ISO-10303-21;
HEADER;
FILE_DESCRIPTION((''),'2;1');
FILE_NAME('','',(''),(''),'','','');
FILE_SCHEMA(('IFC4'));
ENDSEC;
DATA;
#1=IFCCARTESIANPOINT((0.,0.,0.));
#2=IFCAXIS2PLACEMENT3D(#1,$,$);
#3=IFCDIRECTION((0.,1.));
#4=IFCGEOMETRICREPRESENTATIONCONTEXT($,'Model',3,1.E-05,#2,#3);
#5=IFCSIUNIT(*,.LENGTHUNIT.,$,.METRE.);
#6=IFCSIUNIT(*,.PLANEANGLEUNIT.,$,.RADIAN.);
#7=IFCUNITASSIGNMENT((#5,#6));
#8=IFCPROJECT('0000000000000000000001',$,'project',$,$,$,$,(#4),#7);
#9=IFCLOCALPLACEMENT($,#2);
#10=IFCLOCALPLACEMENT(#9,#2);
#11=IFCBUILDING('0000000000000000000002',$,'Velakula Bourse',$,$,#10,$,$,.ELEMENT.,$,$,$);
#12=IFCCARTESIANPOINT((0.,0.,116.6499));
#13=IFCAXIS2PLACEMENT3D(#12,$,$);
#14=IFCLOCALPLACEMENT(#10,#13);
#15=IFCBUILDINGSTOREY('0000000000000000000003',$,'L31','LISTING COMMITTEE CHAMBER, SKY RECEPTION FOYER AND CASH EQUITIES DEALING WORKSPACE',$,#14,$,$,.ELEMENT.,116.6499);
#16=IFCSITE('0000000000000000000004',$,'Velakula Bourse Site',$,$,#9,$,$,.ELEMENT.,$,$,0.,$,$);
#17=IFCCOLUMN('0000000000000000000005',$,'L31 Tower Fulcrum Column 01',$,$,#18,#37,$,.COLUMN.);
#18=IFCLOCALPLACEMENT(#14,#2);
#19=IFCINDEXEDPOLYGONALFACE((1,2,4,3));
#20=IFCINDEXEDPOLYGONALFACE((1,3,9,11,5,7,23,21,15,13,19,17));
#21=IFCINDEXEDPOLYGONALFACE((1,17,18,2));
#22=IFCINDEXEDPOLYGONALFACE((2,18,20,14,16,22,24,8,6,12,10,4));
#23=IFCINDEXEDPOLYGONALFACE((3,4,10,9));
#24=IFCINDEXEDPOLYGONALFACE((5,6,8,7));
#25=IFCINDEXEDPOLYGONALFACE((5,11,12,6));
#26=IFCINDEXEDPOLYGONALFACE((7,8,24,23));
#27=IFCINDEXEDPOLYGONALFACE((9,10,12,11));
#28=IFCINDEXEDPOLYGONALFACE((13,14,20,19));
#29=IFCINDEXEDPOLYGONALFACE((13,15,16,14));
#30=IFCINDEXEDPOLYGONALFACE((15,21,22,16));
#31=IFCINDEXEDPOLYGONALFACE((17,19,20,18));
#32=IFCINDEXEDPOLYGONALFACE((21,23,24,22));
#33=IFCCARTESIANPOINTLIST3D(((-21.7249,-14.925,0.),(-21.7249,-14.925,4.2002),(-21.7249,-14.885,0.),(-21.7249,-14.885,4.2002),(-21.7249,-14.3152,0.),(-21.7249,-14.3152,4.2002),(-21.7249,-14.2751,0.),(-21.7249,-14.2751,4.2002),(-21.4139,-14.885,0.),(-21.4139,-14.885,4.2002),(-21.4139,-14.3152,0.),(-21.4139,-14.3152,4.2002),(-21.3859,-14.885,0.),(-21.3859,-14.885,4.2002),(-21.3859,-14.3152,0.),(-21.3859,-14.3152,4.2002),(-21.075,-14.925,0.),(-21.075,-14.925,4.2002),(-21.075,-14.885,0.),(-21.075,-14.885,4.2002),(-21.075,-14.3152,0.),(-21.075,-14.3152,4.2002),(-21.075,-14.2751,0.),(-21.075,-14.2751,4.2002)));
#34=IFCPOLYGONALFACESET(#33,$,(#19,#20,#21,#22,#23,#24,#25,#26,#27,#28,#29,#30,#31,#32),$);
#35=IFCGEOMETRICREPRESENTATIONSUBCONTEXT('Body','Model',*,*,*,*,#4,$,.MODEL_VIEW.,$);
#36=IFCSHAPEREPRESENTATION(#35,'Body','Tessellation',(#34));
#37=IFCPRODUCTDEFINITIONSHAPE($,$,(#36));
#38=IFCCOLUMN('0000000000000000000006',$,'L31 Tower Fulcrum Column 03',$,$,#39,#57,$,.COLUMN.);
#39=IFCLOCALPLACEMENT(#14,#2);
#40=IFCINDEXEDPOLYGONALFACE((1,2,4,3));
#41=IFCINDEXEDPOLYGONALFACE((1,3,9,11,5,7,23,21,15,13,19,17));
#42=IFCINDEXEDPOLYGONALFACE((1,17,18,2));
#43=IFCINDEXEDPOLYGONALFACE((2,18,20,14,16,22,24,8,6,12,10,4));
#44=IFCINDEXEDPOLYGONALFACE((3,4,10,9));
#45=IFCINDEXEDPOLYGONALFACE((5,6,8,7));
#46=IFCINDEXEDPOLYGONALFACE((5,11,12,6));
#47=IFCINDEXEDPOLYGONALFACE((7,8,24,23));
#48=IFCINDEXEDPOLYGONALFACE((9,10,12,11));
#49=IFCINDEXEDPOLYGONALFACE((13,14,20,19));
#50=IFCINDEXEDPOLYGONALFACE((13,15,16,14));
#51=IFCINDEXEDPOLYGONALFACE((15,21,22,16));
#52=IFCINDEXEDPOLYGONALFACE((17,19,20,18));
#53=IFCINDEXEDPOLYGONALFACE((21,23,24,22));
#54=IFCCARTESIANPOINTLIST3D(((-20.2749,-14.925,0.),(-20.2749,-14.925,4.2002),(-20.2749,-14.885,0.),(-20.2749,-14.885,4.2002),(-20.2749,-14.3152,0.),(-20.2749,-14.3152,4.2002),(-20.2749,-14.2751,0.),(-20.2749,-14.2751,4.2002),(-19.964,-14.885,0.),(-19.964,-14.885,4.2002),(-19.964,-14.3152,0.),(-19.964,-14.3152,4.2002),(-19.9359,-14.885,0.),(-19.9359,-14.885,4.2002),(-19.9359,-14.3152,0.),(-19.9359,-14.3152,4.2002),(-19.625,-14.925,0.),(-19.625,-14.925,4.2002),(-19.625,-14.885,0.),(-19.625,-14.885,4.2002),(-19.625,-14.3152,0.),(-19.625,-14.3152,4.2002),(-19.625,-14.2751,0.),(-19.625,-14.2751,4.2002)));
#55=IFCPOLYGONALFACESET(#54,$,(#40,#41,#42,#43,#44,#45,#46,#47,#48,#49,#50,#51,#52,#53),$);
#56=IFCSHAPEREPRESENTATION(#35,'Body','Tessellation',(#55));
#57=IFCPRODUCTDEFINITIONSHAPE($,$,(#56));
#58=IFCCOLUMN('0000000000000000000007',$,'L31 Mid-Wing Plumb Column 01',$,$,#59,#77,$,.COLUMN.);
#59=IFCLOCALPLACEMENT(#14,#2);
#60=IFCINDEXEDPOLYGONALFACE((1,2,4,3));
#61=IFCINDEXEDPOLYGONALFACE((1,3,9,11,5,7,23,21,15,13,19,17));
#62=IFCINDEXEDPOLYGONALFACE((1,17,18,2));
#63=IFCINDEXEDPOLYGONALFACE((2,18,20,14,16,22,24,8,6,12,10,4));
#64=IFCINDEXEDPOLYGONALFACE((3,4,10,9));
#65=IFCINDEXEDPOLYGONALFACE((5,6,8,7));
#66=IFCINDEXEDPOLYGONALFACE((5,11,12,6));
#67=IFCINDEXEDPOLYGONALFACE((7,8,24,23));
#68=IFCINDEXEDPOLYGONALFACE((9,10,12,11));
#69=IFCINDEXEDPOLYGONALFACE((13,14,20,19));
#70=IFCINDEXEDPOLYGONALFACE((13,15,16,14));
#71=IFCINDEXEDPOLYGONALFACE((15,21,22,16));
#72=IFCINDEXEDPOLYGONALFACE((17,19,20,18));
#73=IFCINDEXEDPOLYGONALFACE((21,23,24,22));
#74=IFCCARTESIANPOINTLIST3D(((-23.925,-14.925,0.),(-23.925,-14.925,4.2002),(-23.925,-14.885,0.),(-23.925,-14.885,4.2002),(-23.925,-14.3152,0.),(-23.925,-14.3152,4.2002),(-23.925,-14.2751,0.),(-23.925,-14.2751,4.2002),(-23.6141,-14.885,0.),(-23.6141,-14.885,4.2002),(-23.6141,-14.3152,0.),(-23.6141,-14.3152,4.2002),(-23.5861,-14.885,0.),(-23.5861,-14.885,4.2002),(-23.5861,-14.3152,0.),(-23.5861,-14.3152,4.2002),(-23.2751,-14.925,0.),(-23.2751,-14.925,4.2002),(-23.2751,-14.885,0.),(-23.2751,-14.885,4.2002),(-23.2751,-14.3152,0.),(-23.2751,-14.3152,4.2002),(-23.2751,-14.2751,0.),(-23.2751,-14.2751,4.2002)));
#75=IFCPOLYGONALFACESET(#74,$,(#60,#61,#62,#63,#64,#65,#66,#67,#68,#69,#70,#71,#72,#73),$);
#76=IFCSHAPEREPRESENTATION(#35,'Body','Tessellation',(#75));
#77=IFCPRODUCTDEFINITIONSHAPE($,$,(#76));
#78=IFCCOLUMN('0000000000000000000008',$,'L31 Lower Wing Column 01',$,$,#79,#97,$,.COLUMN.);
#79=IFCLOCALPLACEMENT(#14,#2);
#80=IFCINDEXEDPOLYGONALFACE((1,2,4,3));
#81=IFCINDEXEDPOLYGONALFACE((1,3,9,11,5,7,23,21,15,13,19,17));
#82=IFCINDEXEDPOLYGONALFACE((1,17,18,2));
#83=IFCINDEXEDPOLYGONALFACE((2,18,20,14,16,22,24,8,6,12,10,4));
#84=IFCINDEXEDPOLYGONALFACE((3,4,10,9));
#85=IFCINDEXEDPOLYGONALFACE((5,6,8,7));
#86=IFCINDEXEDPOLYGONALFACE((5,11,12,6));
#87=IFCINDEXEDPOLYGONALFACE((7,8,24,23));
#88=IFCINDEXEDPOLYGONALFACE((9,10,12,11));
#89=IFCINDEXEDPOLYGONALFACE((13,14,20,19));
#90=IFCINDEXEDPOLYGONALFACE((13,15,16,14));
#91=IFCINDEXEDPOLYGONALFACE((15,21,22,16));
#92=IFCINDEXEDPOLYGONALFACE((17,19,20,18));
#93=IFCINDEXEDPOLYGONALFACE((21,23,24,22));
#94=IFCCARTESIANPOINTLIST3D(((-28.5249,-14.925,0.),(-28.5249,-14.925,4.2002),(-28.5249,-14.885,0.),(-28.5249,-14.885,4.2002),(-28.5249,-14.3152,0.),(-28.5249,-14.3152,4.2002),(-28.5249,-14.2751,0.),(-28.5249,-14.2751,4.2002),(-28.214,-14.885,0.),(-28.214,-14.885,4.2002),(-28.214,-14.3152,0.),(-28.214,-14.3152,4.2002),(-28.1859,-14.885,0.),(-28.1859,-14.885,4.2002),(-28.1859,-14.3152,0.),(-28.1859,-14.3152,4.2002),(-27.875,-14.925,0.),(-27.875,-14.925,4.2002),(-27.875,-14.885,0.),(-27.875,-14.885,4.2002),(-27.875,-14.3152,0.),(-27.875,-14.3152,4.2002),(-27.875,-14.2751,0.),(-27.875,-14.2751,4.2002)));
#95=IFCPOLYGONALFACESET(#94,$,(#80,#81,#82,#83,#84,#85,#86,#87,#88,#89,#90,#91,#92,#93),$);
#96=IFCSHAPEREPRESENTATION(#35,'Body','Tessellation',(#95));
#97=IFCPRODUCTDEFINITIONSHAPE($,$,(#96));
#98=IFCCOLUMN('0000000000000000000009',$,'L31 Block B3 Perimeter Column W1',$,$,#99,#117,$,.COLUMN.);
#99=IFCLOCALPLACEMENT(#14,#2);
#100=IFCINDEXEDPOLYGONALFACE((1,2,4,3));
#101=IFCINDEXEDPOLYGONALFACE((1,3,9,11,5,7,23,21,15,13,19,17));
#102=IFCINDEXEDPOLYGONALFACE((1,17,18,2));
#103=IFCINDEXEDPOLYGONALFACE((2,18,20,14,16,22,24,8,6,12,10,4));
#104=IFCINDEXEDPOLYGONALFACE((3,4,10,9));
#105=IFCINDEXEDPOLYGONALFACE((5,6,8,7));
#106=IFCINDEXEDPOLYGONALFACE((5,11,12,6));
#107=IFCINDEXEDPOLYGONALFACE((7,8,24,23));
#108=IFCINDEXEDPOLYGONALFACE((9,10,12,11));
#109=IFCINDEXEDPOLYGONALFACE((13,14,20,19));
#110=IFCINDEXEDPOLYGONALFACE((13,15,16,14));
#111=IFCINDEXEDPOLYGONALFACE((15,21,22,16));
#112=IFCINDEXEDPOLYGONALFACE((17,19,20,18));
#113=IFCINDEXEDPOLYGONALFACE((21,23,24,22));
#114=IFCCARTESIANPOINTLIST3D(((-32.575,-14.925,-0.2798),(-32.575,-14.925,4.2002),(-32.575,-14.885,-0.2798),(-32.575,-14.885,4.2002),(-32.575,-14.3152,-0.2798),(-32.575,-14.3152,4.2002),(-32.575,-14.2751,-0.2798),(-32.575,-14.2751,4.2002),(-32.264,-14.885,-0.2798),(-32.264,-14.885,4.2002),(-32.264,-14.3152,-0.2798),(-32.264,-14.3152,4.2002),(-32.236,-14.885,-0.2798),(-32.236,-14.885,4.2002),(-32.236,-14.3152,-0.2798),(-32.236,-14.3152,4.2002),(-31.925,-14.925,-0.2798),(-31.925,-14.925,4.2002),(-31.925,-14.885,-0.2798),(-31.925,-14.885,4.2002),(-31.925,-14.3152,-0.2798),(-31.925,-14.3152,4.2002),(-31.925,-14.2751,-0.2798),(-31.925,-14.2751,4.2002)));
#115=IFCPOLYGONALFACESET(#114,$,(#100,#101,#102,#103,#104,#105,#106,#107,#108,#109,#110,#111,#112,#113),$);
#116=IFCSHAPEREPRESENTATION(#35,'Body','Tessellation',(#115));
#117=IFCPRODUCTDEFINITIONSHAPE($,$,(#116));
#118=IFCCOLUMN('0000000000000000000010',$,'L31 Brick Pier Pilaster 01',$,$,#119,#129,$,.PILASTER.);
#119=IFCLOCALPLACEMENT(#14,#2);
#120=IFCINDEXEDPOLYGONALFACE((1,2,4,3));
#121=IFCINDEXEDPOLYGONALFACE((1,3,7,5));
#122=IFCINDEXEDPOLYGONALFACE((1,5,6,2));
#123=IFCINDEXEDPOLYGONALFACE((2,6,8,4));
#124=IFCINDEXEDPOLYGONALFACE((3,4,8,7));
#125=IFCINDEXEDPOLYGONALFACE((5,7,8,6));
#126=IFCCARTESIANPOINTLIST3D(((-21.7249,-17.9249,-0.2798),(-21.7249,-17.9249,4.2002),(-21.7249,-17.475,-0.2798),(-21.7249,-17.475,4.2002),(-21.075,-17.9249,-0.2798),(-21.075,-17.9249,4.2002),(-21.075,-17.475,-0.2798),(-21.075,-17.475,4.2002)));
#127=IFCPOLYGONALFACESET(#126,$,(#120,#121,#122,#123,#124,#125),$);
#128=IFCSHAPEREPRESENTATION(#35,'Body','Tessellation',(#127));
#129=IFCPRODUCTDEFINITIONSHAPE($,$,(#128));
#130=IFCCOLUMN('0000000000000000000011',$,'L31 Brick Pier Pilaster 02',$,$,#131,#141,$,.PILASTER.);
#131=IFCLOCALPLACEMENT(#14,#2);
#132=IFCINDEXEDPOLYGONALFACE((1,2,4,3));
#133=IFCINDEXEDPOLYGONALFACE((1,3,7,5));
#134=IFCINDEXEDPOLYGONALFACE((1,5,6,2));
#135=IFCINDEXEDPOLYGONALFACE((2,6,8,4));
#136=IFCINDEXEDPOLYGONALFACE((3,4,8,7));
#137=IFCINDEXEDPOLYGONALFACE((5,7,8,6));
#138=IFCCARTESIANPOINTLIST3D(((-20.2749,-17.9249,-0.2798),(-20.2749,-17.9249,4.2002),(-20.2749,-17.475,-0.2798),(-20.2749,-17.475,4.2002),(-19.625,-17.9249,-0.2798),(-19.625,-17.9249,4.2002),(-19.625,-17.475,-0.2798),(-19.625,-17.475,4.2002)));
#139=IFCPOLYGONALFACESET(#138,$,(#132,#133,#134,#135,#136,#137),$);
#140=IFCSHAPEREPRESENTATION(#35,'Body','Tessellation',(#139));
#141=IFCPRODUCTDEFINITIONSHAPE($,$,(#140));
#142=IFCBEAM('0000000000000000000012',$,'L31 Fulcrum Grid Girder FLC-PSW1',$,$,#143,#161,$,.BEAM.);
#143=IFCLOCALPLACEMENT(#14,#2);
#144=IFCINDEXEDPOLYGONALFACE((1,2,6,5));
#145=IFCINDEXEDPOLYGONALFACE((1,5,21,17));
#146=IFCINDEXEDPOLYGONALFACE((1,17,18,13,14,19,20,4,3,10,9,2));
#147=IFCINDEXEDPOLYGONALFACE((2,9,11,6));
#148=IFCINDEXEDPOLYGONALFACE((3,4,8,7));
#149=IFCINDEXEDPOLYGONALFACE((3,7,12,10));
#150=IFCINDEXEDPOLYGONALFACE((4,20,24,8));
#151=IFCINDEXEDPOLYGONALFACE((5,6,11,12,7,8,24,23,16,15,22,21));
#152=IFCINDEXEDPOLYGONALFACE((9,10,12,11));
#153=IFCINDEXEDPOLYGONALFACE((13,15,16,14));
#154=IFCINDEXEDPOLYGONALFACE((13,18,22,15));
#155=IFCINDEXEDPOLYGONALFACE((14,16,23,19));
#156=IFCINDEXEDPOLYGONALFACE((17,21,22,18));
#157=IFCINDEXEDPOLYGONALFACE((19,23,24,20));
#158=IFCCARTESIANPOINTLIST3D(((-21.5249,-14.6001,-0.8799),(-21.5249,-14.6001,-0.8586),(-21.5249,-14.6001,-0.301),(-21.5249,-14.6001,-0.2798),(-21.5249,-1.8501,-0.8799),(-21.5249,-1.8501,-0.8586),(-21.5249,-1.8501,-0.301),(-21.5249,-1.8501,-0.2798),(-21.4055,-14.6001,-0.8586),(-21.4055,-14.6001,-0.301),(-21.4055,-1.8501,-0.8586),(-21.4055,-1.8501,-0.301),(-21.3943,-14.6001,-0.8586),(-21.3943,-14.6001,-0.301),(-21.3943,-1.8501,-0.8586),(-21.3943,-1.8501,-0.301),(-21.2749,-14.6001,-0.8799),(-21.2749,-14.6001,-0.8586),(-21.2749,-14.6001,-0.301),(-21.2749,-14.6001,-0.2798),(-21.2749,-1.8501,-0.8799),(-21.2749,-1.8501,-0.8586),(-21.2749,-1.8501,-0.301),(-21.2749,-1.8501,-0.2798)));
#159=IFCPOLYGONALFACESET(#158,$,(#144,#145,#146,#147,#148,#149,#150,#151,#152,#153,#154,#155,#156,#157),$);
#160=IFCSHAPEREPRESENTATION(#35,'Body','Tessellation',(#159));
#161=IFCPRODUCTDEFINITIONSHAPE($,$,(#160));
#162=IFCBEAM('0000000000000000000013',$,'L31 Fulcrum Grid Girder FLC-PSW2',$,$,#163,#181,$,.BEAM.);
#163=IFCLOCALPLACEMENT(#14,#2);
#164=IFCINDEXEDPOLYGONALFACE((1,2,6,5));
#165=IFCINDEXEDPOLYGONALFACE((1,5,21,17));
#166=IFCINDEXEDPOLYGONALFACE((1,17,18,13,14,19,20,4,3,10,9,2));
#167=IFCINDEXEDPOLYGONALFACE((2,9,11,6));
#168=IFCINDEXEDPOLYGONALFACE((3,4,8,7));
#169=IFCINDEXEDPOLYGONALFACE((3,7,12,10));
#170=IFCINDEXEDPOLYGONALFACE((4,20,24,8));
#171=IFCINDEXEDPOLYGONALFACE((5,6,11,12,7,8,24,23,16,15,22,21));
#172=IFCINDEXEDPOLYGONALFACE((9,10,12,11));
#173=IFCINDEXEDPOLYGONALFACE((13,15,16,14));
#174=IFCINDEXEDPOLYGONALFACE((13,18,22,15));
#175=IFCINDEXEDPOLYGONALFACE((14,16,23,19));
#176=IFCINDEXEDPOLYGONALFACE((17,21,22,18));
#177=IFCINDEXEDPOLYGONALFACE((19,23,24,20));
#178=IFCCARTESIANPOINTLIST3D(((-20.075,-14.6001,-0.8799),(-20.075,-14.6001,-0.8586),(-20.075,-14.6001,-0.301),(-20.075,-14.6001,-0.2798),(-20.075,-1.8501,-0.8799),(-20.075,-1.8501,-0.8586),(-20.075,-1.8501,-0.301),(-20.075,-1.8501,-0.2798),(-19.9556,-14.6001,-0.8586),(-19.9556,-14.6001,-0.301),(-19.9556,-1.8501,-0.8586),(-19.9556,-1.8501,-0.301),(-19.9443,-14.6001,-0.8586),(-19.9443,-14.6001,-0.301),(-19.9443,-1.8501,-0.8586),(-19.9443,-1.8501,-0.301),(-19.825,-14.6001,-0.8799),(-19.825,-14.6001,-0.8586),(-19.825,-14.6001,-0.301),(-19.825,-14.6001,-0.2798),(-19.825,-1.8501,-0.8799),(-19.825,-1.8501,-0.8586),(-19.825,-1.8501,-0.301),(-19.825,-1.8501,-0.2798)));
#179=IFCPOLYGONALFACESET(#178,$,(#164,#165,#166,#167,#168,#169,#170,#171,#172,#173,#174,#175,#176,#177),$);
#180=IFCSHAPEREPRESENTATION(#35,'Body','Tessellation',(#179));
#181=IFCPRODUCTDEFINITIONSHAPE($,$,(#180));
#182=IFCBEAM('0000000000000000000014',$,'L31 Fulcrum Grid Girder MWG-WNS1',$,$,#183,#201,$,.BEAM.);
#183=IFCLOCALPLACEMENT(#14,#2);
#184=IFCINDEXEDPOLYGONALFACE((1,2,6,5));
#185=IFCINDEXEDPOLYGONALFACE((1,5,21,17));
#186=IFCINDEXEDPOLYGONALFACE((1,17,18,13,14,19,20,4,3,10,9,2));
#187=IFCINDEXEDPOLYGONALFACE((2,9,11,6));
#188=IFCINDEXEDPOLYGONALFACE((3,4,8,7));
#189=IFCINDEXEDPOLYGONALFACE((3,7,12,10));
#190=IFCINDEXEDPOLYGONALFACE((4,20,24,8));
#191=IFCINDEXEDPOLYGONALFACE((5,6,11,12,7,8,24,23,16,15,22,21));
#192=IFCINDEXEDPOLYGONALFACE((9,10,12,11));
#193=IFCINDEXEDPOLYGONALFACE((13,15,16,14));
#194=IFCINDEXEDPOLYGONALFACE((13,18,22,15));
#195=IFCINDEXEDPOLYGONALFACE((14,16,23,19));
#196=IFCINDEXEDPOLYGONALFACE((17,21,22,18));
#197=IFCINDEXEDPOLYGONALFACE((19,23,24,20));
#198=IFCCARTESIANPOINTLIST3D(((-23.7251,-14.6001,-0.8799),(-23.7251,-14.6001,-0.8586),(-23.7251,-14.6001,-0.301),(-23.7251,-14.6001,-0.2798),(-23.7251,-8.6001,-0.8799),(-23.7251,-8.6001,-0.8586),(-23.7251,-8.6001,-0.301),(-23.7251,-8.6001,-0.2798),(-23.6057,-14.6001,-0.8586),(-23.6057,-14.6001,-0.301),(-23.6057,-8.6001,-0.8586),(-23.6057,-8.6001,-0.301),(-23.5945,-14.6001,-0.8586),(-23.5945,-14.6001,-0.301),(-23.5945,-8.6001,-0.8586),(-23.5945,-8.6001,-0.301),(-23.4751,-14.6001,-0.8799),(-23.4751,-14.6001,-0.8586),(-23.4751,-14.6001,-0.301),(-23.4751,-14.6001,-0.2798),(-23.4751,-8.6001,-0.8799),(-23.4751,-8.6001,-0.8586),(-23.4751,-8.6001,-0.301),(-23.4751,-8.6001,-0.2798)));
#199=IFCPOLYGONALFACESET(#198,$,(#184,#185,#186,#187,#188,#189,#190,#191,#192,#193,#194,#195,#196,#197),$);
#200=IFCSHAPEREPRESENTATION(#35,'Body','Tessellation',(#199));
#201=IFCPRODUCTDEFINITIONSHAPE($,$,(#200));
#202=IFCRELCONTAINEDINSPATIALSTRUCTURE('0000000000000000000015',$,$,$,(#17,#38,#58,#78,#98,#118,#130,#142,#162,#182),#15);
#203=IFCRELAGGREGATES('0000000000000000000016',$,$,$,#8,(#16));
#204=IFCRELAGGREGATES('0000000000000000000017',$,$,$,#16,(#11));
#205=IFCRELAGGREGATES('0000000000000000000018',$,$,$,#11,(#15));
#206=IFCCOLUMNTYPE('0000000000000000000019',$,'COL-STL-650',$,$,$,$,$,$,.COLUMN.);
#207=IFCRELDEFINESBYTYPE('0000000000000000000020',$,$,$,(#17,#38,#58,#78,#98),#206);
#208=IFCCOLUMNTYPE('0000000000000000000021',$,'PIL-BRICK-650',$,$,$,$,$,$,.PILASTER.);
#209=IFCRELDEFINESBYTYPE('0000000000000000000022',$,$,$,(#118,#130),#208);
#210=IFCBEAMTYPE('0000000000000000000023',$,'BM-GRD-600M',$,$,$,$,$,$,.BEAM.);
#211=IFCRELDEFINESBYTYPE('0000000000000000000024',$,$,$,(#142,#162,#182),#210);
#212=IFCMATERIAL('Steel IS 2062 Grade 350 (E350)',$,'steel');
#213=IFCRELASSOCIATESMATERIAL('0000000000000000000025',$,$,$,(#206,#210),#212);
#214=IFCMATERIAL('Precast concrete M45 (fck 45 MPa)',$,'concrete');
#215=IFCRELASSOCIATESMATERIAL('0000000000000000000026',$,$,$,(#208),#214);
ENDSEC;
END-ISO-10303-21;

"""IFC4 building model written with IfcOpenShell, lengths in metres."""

from ifc_helpers import new_model, si_unit, direction, frame, origin, origin_2d, place, context, subcontext, project, spatial, rectangle, i_section, extrude, material, material_profile, profile_set, type_object, element, save


model = new_model("IFC4")

# Units and contexts
model_context = context("Model", 3, precision=1e-05, world=origin(), true_north=direction((0.0, 1.0)))
body_context = subcontext(model_context, "Body", "Model", "MODEL_VIEW")
ifc_project = project(units=[si_unit("LENGTHUNIT", "METRE"), si_unit("PLANEANGLEUNIT", "RADIAN")], contexts=[model_context])

# Site, building, storey
site_placement = place(None, origin())
site = spatial("IfcSite", under=ifc_project, at=site_placement, Name="Velakula Bourse Site", CompositionType="ELEMENT", RefElevation=0.0)
building_placement = place(site_placement, origin())
building = spatial("IfcBuilding", under=site, at=building_placement, Name="Velakula Bourse", CompositionType="ELEMENT")
storey_placement = place(building_placement, frame((0.0, 0.0, 116.6499)))
storey = spatial("IfcBuildingStorey", under=building, at=storey_placement, Name="L31", Description="LISTING COMMITTEE CHAMBER, SKY RECEPTION FOYER AND CASH EQUITIES DEALING WORKSPACE", CompositionType="ELEMENT", Elevation=116.6499)

# Columns
ifc_material_1 = material(Name="Steel IS 2062 Grade 350 (E350)", Category="steel")
ifc_material_profile_1 = material_profile(ifc_material_1, i_section(OverallWidth=0.6499, OverallDepth=0.6499, WebThickness=0.0281, FlangeThickness=0.04, at=origin_2d()), Name="Steel IS 2062 Grade 350 (E350)")
ifc_profile_set_1 = profile_set([ifc_material_profile_1], Name="Steel IS 2062 Grade 350 (E350)")
column_type_1 = type_object("IfcColumnType", Name="COL-STL-650", PredefinedType="COLUMN", material=ifc_profile_set_1)
for number, where, z_axis, x_axis, name in (
    (1, (-21.3999, -14.6001, 0.0), (0.0, 0.0, 1.0), (1.0, 0.0, 0.0), "L31 Tower Fulcrum Column 01"),
    (2, (-19.95, -14.6001, 0.0), (0.0, 0.0, 1.0), (1.0, 0.0, 0.0), "L31 Tower Fulcrum Column 03"),
    (3, (-23.6001, -14.6001, 0.0), (0.0, 0.0, 1.0), (1.0, 0.0, 0.0), "L31 Mid-Wing Plumb Column 01"),
    (4, (-28.2, -14.6001, 0.0), (0.0, 0.0, 1.0), (1.0, 0.0, 0.0), "L31 Lower Wing Column 01"),
):
    element("IfcColumn", number, at=place(storey_placement, frame(where, z_axis=z_axis, x_axis=x_axis)), inside=storey, type_object=column_type_1, Name=name, PredefinedType="COLUMN", context=body_context, shape_type="SweptSolid", body=[
        extrude(i_section(OverallWidth=0.6499, OverallDepth=0.6499, WebThickness=0.0281, FlangeThickness=0.04, at=origin_2d()), origin(), (0.0, 0.0, 1.0), 4.2002),
    ])
column_placement = place(storey_placement, frame((-32.25, -14.6001, -0.2798), z_axis=(0.0, 0.0, 1.0), x_axis=(1.0, 0.0, 0.0)))
element("IfcColumn", 5, at=column_placement, inside=storey, type_object=column_type_1, Name="L31 Block B3 Perimeter Column W1", PredefinedType="COLUMN", context=body_context, shape_type="SweptSolid", body=[
    extrude(i_section(OverallWidth=0.6499, OverallDepth=0.6499, WebThickness=0.0281, FlangeThickness=0.04, at=origin_2d()), origin(), (0.0, 0.0, 1.0), 4.48),
])
ifc_material_2 = material(Name="Precast concrete M45 (fck 45 MPa)", Category="concrete")
ifc_material_profile_2 = material_profile(ifc_material_2, rectangle(XDim=0.6499, YDim=0.45, at=origin_2d()), Name="Precast concrete M45 (fck 45 MPa)")
ifc_profile_set_2 = profile_set([ifc_material_profile_2], Name="Precast concrete M45 (fck 45 MPa)")
column_type_2 = type_object("IfcColumnType", Name="PIL-BRICK-650", PredefinedType="PILASTER", material=ifc_profile_set_2)
for number, where, z_axis, x_axis, name in (
    (6, (-21.3999, -17.7, -0.2798), (0.0, 0.0, 1.0), (1.0, 0.0, 0.0), "L31 Brick Pier Pilaster 01"),
    (7, (-19.95, -17.7, -0.2798), (0.0, 0.0, 1.0), (1.0, 0.0, 0.0), "L31 Brick Pier Pilaster 02"),
):
    element("IfcColumn", number, at=place(storey_placement, frame(where, z_axis=z_axis, x_axis=x_axis)), inside=storey, type_object=column_type_2, Name=name, PredefinedType="PILASTER", context=body_context, shape_type="SweptSolid", body=[
        extrude(rectangle(XDim=0.6499, YDim=0.45, at=origin_2d()), origin(), (0.0, 0.0, 1.0), 4.48),
    ])

# Beams
ifc_material_profile_3 = material_profile(ifc_material_1, i_section(OverallWidth=0.25, OverallDepth=0.6001, WebThickness=0.0112, FlangeThickness=0.0212, at=origin_2d()), Name="Steel IS 2062 Grade 350 (E350)")
ifc_profile_set_3 = profile_set([ifc_material_profile_3], Name="Steel IS 2062 Grade 350 (E350)")
beam_type_1 = type_object("IfcBeamType", Name="BM-GRD-600M", PredefinedType="BEAM", material=ifc_profile_set_3)
for number, where, z_axis, x_axis, name in (
    (8, (-21.3999, -14.6001, -0.5798), (0.0, 1.0, 0.0), (-1.0, 0.0, 0.0), "L31 Fulcrum Grid Girder FLC-PSW1"),
    (9, (-19.95, -14.6001, -0.5798), (0.0, 1.0, 0.0), (-1.0, 0.0, 0.0), "L31 Fulcrum Grid Girder FLC-PSW2"),
):
    element("IfcBeam", number, at=place(storey_placement, frame(where, z_axis=z_axis, x_axis=x_axis)), inside=storey, type_object=beam_type_1, Name=name, PredefinedType="BEAM", context=body_context, shape_type="SweptSolid", body=[
        extrude(i_section(OverallWidth=0.25, OverallDepth=0.6001, WebThickness=0.0112, FlangeThickness=0.0212, at=origin_2d()), origin(), (0.0, 0.0, 1.0), 12.75),
    ])
for number, where, z_axis, x_axis, name in (
    (10, (-23.6001, -14.6001, -0.5798), (0.0, 1.0, 0.0), (-1.0, 0.0, 0.0), "L31 Fulcrum Grid Girder MWG-WNS1"),
):
    element("IfcBeam", number, at=place(storey_placement, frame(where, z_axis=z_axis, x_axis=x_axis)), inside=storey, type_object=beam_type_1, Name=name, PredefinedType="BEAM", context=body_context, shape_type="SweptSolid", body=[
        extrude(i_section(OverallWidth=0.25, OverallDepth=0.6001, WebThickness=0.0112, FlangeThickness=0.0212, at=origin_2d()), origin(), (0.0, 0.0, 1.0), 6.0),
    ])

save(model, "model.ifc")
